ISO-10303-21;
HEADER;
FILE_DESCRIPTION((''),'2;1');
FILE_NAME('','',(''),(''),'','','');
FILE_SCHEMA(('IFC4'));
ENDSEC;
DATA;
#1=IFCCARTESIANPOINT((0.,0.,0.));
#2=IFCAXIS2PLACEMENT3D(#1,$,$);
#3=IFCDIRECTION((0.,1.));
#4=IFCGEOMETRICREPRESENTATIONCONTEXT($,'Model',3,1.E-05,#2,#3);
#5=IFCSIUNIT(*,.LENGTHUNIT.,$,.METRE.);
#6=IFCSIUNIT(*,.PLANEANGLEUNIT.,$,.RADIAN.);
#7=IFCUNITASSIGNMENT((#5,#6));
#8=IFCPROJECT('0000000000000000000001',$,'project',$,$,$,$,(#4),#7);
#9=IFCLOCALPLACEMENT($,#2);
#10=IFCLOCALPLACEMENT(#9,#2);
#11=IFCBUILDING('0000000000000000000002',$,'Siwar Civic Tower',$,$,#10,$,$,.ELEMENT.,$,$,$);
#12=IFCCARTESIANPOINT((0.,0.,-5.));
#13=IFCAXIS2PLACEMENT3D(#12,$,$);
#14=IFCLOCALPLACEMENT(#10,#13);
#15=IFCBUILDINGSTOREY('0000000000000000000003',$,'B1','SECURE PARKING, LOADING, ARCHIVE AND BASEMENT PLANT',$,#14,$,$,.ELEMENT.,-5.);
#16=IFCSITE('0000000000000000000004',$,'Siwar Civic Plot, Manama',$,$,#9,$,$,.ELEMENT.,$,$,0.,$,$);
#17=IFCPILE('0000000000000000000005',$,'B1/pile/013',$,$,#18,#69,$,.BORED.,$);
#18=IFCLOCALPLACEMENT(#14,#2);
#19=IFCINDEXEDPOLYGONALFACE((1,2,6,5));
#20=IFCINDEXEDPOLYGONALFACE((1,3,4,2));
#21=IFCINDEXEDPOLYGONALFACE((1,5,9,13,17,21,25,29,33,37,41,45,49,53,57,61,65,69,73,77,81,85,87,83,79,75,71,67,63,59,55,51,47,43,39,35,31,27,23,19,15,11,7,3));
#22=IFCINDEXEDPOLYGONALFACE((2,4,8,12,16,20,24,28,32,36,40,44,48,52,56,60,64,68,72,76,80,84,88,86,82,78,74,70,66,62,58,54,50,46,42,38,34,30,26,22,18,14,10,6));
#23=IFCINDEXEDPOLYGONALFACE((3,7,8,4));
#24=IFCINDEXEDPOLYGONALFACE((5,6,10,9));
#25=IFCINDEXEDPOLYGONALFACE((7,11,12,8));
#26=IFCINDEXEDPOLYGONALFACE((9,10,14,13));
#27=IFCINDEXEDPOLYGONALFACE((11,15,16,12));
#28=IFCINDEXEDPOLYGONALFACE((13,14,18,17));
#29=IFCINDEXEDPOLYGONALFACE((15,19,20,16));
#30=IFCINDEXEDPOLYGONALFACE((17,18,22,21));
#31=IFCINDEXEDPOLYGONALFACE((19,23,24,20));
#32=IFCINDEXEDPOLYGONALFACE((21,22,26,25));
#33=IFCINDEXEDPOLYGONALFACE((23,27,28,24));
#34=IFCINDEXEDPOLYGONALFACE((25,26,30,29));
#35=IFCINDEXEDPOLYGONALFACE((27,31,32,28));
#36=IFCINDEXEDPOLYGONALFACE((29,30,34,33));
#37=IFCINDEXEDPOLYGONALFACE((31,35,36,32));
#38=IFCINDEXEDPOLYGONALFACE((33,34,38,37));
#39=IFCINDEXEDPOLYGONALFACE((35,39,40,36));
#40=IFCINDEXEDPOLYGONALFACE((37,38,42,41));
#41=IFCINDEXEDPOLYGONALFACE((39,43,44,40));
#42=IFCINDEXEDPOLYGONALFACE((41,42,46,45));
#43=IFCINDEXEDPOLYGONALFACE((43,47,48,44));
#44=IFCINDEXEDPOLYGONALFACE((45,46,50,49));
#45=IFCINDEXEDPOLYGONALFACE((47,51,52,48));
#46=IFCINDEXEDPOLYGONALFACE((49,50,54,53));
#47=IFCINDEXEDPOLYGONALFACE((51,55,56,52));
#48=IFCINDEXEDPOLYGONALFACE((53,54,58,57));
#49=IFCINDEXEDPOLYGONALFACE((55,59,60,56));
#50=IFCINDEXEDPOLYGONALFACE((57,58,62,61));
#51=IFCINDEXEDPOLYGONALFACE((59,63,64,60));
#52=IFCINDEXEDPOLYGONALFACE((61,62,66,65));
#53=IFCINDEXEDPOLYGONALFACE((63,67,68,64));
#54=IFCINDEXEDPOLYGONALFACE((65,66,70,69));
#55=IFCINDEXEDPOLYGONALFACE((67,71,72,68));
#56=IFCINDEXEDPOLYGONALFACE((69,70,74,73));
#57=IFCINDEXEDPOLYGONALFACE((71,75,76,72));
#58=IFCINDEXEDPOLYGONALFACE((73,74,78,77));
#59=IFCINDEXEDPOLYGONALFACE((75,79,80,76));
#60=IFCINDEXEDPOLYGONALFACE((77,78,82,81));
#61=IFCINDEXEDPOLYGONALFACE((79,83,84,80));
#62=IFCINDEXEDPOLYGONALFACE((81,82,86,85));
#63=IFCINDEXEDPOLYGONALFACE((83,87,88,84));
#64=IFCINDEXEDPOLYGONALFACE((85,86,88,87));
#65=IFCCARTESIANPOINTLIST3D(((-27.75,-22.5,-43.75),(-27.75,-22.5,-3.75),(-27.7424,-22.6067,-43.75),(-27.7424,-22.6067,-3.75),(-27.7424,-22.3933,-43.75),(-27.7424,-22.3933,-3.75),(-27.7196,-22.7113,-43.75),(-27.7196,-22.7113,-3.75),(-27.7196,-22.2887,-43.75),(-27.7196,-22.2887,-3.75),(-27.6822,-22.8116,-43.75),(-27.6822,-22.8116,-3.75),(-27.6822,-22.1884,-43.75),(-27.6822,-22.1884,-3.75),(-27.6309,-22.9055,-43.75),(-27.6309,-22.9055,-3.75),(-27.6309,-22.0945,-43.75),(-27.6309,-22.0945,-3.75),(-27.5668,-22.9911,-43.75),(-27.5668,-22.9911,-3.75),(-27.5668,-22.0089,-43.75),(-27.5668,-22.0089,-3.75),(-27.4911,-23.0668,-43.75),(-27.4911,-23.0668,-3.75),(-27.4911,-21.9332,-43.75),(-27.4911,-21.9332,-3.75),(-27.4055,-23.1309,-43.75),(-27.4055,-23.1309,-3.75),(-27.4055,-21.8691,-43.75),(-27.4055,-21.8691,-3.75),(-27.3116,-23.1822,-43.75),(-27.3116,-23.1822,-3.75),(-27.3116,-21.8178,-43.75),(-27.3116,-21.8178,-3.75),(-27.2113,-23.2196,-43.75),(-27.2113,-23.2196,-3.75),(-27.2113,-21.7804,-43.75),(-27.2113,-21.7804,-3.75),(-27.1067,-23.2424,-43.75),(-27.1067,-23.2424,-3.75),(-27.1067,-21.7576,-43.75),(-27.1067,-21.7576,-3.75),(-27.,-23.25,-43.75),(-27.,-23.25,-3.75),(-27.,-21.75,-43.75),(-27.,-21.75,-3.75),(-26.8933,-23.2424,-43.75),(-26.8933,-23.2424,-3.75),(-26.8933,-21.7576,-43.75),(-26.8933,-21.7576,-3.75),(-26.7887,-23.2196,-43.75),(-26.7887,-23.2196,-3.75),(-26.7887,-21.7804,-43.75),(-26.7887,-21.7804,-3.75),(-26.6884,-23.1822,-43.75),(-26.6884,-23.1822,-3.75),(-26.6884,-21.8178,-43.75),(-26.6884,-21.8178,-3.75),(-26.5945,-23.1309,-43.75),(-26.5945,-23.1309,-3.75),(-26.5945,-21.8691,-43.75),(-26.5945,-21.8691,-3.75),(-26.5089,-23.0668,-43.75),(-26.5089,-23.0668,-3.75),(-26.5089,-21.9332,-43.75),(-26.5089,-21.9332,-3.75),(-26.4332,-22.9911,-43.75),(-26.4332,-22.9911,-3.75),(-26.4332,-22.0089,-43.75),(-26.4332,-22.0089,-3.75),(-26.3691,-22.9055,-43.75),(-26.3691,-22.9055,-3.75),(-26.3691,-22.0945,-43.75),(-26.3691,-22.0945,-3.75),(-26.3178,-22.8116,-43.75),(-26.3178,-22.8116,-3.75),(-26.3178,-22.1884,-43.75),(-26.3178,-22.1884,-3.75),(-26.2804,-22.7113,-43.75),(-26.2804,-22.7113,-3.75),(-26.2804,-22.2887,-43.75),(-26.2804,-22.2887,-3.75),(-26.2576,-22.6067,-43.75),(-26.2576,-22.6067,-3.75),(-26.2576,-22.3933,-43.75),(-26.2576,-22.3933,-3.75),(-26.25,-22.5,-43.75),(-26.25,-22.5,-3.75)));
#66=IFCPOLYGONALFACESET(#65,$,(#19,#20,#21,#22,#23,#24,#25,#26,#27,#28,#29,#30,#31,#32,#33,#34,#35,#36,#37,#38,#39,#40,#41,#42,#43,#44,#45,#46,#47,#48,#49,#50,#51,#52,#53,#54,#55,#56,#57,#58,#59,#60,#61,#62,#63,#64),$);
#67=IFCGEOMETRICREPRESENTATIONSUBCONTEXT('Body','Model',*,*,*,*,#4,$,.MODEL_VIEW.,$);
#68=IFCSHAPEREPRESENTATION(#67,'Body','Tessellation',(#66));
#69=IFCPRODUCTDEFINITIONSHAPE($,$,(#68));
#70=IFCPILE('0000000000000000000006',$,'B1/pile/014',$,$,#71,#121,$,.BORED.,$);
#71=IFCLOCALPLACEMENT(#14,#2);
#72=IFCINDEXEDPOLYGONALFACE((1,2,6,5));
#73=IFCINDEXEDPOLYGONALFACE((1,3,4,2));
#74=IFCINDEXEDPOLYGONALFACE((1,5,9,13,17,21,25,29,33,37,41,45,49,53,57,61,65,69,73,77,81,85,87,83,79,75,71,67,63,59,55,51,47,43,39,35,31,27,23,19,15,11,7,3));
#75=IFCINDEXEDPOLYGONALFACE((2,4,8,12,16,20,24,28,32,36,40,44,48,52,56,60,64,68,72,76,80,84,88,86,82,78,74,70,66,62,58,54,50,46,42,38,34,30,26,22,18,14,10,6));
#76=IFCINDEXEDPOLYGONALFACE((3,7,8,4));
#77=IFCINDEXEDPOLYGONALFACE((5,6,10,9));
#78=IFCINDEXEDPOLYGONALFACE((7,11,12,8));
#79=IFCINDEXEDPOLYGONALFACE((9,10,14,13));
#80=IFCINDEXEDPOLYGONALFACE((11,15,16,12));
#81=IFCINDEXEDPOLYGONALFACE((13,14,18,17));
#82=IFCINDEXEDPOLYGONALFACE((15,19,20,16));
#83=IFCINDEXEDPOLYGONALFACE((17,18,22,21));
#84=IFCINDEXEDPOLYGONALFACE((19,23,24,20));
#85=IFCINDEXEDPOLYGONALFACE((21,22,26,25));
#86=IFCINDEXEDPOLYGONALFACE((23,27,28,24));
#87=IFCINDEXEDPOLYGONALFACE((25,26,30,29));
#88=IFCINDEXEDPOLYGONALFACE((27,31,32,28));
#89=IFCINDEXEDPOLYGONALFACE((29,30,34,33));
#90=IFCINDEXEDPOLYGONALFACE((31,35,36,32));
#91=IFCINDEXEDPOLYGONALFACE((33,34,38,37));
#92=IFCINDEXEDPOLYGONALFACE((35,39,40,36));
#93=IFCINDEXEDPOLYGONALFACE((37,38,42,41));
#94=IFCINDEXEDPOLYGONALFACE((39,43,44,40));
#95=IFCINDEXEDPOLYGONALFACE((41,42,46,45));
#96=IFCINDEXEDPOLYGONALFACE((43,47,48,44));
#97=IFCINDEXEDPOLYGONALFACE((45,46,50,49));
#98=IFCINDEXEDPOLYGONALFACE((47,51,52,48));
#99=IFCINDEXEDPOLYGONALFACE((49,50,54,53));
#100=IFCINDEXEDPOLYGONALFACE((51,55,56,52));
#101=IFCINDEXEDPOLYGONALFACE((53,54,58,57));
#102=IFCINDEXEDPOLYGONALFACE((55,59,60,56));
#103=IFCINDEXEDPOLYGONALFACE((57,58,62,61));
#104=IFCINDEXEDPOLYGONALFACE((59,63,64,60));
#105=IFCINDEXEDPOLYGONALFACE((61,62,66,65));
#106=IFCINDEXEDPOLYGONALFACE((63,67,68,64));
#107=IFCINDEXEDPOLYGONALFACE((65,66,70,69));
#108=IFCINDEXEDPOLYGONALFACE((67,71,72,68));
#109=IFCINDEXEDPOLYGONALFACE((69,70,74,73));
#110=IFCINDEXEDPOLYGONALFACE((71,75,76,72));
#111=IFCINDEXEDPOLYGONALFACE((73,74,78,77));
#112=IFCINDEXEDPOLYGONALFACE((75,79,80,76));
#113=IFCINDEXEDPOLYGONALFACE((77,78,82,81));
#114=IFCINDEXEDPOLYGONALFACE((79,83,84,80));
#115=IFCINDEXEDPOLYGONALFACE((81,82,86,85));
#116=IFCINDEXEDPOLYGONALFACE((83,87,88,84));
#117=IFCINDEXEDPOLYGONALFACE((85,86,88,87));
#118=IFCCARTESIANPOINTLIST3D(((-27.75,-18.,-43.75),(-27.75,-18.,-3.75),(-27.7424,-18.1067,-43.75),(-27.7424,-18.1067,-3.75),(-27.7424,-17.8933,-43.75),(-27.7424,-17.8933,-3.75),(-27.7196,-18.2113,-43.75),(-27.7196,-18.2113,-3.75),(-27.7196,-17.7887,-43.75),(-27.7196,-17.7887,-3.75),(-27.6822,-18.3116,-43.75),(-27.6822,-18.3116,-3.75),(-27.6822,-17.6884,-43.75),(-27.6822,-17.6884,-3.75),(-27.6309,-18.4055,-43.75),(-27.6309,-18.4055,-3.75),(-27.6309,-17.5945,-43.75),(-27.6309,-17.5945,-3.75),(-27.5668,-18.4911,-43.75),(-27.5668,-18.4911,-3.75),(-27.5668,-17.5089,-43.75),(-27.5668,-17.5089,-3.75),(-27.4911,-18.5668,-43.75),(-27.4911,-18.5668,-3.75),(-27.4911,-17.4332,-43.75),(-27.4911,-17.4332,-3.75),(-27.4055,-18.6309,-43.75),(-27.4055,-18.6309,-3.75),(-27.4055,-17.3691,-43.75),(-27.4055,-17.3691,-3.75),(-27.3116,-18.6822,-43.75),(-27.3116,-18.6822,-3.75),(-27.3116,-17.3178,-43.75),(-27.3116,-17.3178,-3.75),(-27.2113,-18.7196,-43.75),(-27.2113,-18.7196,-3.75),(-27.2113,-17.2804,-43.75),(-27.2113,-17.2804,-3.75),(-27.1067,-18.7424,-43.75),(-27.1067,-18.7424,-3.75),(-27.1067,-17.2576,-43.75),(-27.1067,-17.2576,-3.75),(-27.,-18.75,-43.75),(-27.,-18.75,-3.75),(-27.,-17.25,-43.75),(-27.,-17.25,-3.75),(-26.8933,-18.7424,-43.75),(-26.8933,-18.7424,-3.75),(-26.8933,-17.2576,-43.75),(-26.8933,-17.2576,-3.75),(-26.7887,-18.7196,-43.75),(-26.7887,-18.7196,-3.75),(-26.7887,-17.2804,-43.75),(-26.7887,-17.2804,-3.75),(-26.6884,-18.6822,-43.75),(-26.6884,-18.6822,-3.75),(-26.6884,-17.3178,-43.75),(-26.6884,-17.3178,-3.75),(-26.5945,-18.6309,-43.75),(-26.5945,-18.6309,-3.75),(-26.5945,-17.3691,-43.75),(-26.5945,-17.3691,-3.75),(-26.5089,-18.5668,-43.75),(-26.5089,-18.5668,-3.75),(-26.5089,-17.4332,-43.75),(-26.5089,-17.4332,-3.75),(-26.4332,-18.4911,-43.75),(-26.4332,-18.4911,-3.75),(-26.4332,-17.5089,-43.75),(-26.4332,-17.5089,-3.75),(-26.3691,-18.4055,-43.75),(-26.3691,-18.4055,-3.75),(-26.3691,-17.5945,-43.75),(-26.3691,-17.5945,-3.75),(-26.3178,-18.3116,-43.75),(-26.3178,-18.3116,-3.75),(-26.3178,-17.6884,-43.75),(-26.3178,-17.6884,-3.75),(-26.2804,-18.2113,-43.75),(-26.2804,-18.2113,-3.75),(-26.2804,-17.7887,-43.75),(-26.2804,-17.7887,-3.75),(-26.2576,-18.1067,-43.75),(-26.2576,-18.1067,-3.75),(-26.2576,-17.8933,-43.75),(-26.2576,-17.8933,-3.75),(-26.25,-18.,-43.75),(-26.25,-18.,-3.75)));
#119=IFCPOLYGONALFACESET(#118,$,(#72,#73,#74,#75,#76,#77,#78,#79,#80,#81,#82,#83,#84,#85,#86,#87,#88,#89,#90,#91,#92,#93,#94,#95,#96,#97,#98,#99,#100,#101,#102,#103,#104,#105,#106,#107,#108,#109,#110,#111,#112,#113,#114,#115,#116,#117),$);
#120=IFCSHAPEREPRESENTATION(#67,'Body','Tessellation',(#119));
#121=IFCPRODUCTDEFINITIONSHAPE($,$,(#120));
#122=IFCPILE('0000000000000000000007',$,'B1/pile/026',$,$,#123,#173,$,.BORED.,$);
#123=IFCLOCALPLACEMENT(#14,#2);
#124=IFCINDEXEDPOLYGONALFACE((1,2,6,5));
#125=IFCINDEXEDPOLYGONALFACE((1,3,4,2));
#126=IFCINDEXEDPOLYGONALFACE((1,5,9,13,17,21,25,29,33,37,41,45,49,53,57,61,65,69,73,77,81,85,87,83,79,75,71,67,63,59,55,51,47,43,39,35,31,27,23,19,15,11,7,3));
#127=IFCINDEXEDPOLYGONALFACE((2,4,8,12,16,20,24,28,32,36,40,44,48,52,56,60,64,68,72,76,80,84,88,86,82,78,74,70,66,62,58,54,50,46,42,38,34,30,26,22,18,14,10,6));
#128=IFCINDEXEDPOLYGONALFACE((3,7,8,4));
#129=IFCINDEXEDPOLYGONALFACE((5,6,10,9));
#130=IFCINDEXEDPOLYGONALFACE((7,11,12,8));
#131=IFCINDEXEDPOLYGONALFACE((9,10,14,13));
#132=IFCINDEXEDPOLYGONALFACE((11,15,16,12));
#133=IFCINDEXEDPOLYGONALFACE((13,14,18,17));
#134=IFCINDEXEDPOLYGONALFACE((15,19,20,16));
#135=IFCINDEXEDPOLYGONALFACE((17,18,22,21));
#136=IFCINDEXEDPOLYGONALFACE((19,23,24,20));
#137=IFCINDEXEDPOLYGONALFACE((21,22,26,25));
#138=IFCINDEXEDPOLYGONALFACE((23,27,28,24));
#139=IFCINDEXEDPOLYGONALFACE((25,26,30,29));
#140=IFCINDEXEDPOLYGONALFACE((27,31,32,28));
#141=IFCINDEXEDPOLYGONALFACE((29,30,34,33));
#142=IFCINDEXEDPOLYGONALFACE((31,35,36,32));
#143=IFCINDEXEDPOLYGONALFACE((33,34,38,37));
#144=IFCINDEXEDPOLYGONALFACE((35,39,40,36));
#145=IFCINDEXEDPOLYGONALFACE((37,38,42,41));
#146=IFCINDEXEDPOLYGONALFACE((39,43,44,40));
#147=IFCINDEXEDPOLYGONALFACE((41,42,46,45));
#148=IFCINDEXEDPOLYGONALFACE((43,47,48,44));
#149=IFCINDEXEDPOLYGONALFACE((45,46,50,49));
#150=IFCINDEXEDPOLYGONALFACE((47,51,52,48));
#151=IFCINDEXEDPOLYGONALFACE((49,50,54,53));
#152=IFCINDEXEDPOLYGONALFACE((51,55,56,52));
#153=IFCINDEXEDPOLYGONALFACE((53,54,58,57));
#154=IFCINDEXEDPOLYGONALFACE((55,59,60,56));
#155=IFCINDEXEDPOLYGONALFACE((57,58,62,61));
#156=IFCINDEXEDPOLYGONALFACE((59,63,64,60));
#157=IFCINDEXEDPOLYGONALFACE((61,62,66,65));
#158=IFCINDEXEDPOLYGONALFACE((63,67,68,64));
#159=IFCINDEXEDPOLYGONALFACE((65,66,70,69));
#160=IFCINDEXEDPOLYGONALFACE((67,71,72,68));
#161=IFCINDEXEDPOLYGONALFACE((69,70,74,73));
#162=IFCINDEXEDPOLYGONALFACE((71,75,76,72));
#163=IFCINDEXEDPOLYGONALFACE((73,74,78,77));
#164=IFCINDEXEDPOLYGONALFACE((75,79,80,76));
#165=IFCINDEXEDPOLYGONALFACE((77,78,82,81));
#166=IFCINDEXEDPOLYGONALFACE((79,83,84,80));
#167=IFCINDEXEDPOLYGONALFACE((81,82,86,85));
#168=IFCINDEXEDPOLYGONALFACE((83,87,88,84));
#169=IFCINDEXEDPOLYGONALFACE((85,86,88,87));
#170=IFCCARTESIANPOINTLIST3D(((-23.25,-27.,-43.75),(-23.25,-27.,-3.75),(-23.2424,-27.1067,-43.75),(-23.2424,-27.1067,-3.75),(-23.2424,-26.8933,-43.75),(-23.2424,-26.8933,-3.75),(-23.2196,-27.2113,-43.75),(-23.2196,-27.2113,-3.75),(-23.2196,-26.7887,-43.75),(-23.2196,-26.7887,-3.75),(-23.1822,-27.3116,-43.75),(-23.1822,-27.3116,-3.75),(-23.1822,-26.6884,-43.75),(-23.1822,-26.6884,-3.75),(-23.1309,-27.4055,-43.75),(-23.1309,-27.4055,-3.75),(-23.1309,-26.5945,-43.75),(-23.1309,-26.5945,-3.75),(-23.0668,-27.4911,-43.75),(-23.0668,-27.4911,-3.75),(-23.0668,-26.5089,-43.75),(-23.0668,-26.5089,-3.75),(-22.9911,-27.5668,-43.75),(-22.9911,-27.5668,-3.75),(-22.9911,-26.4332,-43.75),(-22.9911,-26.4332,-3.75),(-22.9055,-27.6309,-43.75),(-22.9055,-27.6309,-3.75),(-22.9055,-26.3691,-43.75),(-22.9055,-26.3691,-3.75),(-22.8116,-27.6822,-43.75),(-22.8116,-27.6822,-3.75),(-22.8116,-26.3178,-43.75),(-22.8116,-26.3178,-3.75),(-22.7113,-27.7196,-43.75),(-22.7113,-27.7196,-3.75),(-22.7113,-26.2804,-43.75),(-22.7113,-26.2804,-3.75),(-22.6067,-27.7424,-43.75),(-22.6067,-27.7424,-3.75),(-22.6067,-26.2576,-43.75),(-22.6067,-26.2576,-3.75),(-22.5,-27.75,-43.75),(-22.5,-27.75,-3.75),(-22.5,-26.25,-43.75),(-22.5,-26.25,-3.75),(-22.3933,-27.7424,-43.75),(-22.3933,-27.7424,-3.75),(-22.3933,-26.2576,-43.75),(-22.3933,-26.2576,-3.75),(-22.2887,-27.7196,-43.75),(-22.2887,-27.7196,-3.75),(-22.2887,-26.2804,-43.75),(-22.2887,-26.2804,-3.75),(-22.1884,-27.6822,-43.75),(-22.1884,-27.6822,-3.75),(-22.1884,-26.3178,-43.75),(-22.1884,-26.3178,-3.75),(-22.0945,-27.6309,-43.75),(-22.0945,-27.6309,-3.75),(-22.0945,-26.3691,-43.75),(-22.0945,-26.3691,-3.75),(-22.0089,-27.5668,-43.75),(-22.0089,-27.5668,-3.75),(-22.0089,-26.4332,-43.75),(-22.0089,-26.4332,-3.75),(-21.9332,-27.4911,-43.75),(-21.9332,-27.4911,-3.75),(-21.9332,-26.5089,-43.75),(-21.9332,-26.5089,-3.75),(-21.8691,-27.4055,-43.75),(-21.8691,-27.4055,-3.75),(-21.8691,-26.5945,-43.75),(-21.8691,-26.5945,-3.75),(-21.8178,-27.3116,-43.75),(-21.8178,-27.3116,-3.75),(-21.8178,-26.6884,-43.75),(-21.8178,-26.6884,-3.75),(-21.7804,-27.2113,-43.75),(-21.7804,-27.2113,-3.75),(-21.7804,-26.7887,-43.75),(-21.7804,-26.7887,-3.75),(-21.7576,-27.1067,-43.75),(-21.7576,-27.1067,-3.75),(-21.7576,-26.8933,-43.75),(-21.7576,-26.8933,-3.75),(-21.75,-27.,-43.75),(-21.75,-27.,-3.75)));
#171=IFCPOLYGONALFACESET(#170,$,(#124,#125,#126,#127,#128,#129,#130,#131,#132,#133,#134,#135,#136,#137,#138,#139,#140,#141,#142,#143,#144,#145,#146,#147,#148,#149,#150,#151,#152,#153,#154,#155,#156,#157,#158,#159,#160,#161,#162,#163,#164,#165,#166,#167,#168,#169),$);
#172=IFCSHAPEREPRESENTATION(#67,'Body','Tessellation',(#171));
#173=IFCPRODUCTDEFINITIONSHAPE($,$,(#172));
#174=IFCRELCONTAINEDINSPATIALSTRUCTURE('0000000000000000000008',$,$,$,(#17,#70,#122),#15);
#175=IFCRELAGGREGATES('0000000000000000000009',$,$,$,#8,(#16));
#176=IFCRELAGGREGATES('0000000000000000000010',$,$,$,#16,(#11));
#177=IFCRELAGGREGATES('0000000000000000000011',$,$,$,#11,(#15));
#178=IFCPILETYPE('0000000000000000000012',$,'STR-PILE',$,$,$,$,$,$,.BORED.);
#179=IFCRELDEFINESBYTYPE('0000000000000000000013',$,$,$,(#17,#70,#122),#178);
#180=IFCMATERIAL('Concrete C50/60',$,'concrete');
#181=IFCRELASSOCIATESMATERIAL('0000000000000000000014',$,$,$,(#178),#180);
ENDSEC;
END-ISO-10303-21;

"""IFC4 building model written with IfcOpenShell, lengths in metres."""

from ifc_helpers import new_model, si_unit, direction, frame, origin, origin_2d, place, context, subcontext, project, spatial, circle, extrude, material, material_profile, profile_set, type_object, element, save


model = new_model("IFC4")

# Units and contexts
model_context = context("Model", 3, precision=1e-05, world=origin(), true_north=direction((0.0, 1.0)))
body_context = subcontext(model_context, "Body", "Model", "MODEL_VIEW")
ifc_project = project(units=[si_unit("LENGTHUNIT", "METRE"), si_unit("PLANEANGLEUNIT", "RADIAN")], contexts=[model_context])

# Site, building, storey
site_placement = place(None, origin())
site = spatial("IfcSite", under=ifc_project, at=site_placement, Name="Siwar Civic Plot, Manama", CompositionType="ELEMENT", RefElevation=0.0)
building_placement = place(site_placement, origin())
building = spatial("IfcBuilding", under=site, at=building_placement, Name="Siwar Civic Tower", CompositionType="ELEMENT")
storey_placement = place(building_placement, frame((0.0, 0.0, -5.0)))
storey = spatial("IfcBuildingStorey", under=building, at=storey_placement, Name="B1", Description="SECURE PARKING, LOADING, ARCHIVE AND BASEMENT PLANT", CompositionType="ELEMENT", Elevation=-5.0)

# Piles
ifc_material_1 = material(Name="Concrete C50/60", Category="concrete")
ifc_material_profile_1 = material_profile(ifc_material_1, circle(Radius=0.75, at=origin_2d()), Name="PILE1500")
ifc_profile_set_1 = profile_set([ifc_material_profile_1], Name="Concrete C50/60")
pile_type = type_object("IfcPileType", Name="STR-PILE", PredefinedType="BORED", material=ifc_profile_set_1)
for number, where, z_axis, x_axis, name in (
    (1, (-27.0, -22.5, -3.75), (0.0, 0.0, -1.0), (1.0, 0.0, 0.0), "B1/pile/013"),
    (2, (-27.0, -18.0, -3.75), (0.0, 0.0, -1.0), (1.0, 0.0, 0.0), "B1/pile/014"),
    (3, (-22.5, -27.0, -3.75), (0.0, 0.0, -1.0), (1.0, 0.0, 0.0), "B1/pile/026"),
):
    element("IfcPile", number, at=place(storey_placement, frame(where, z_axis=z_axis, x_axis=x_axis)), inside=storey, type_object=pile_type, Name=name, PredefinedType="BORED", context=body_context, shape_type="SweptSolid", body=[
        extrude(circle(Radius=0.75, at=origin_2d()), origin(), (0.0, 0.0, 1.0), 40.0),
    ])

save(model, "model.ifc")
